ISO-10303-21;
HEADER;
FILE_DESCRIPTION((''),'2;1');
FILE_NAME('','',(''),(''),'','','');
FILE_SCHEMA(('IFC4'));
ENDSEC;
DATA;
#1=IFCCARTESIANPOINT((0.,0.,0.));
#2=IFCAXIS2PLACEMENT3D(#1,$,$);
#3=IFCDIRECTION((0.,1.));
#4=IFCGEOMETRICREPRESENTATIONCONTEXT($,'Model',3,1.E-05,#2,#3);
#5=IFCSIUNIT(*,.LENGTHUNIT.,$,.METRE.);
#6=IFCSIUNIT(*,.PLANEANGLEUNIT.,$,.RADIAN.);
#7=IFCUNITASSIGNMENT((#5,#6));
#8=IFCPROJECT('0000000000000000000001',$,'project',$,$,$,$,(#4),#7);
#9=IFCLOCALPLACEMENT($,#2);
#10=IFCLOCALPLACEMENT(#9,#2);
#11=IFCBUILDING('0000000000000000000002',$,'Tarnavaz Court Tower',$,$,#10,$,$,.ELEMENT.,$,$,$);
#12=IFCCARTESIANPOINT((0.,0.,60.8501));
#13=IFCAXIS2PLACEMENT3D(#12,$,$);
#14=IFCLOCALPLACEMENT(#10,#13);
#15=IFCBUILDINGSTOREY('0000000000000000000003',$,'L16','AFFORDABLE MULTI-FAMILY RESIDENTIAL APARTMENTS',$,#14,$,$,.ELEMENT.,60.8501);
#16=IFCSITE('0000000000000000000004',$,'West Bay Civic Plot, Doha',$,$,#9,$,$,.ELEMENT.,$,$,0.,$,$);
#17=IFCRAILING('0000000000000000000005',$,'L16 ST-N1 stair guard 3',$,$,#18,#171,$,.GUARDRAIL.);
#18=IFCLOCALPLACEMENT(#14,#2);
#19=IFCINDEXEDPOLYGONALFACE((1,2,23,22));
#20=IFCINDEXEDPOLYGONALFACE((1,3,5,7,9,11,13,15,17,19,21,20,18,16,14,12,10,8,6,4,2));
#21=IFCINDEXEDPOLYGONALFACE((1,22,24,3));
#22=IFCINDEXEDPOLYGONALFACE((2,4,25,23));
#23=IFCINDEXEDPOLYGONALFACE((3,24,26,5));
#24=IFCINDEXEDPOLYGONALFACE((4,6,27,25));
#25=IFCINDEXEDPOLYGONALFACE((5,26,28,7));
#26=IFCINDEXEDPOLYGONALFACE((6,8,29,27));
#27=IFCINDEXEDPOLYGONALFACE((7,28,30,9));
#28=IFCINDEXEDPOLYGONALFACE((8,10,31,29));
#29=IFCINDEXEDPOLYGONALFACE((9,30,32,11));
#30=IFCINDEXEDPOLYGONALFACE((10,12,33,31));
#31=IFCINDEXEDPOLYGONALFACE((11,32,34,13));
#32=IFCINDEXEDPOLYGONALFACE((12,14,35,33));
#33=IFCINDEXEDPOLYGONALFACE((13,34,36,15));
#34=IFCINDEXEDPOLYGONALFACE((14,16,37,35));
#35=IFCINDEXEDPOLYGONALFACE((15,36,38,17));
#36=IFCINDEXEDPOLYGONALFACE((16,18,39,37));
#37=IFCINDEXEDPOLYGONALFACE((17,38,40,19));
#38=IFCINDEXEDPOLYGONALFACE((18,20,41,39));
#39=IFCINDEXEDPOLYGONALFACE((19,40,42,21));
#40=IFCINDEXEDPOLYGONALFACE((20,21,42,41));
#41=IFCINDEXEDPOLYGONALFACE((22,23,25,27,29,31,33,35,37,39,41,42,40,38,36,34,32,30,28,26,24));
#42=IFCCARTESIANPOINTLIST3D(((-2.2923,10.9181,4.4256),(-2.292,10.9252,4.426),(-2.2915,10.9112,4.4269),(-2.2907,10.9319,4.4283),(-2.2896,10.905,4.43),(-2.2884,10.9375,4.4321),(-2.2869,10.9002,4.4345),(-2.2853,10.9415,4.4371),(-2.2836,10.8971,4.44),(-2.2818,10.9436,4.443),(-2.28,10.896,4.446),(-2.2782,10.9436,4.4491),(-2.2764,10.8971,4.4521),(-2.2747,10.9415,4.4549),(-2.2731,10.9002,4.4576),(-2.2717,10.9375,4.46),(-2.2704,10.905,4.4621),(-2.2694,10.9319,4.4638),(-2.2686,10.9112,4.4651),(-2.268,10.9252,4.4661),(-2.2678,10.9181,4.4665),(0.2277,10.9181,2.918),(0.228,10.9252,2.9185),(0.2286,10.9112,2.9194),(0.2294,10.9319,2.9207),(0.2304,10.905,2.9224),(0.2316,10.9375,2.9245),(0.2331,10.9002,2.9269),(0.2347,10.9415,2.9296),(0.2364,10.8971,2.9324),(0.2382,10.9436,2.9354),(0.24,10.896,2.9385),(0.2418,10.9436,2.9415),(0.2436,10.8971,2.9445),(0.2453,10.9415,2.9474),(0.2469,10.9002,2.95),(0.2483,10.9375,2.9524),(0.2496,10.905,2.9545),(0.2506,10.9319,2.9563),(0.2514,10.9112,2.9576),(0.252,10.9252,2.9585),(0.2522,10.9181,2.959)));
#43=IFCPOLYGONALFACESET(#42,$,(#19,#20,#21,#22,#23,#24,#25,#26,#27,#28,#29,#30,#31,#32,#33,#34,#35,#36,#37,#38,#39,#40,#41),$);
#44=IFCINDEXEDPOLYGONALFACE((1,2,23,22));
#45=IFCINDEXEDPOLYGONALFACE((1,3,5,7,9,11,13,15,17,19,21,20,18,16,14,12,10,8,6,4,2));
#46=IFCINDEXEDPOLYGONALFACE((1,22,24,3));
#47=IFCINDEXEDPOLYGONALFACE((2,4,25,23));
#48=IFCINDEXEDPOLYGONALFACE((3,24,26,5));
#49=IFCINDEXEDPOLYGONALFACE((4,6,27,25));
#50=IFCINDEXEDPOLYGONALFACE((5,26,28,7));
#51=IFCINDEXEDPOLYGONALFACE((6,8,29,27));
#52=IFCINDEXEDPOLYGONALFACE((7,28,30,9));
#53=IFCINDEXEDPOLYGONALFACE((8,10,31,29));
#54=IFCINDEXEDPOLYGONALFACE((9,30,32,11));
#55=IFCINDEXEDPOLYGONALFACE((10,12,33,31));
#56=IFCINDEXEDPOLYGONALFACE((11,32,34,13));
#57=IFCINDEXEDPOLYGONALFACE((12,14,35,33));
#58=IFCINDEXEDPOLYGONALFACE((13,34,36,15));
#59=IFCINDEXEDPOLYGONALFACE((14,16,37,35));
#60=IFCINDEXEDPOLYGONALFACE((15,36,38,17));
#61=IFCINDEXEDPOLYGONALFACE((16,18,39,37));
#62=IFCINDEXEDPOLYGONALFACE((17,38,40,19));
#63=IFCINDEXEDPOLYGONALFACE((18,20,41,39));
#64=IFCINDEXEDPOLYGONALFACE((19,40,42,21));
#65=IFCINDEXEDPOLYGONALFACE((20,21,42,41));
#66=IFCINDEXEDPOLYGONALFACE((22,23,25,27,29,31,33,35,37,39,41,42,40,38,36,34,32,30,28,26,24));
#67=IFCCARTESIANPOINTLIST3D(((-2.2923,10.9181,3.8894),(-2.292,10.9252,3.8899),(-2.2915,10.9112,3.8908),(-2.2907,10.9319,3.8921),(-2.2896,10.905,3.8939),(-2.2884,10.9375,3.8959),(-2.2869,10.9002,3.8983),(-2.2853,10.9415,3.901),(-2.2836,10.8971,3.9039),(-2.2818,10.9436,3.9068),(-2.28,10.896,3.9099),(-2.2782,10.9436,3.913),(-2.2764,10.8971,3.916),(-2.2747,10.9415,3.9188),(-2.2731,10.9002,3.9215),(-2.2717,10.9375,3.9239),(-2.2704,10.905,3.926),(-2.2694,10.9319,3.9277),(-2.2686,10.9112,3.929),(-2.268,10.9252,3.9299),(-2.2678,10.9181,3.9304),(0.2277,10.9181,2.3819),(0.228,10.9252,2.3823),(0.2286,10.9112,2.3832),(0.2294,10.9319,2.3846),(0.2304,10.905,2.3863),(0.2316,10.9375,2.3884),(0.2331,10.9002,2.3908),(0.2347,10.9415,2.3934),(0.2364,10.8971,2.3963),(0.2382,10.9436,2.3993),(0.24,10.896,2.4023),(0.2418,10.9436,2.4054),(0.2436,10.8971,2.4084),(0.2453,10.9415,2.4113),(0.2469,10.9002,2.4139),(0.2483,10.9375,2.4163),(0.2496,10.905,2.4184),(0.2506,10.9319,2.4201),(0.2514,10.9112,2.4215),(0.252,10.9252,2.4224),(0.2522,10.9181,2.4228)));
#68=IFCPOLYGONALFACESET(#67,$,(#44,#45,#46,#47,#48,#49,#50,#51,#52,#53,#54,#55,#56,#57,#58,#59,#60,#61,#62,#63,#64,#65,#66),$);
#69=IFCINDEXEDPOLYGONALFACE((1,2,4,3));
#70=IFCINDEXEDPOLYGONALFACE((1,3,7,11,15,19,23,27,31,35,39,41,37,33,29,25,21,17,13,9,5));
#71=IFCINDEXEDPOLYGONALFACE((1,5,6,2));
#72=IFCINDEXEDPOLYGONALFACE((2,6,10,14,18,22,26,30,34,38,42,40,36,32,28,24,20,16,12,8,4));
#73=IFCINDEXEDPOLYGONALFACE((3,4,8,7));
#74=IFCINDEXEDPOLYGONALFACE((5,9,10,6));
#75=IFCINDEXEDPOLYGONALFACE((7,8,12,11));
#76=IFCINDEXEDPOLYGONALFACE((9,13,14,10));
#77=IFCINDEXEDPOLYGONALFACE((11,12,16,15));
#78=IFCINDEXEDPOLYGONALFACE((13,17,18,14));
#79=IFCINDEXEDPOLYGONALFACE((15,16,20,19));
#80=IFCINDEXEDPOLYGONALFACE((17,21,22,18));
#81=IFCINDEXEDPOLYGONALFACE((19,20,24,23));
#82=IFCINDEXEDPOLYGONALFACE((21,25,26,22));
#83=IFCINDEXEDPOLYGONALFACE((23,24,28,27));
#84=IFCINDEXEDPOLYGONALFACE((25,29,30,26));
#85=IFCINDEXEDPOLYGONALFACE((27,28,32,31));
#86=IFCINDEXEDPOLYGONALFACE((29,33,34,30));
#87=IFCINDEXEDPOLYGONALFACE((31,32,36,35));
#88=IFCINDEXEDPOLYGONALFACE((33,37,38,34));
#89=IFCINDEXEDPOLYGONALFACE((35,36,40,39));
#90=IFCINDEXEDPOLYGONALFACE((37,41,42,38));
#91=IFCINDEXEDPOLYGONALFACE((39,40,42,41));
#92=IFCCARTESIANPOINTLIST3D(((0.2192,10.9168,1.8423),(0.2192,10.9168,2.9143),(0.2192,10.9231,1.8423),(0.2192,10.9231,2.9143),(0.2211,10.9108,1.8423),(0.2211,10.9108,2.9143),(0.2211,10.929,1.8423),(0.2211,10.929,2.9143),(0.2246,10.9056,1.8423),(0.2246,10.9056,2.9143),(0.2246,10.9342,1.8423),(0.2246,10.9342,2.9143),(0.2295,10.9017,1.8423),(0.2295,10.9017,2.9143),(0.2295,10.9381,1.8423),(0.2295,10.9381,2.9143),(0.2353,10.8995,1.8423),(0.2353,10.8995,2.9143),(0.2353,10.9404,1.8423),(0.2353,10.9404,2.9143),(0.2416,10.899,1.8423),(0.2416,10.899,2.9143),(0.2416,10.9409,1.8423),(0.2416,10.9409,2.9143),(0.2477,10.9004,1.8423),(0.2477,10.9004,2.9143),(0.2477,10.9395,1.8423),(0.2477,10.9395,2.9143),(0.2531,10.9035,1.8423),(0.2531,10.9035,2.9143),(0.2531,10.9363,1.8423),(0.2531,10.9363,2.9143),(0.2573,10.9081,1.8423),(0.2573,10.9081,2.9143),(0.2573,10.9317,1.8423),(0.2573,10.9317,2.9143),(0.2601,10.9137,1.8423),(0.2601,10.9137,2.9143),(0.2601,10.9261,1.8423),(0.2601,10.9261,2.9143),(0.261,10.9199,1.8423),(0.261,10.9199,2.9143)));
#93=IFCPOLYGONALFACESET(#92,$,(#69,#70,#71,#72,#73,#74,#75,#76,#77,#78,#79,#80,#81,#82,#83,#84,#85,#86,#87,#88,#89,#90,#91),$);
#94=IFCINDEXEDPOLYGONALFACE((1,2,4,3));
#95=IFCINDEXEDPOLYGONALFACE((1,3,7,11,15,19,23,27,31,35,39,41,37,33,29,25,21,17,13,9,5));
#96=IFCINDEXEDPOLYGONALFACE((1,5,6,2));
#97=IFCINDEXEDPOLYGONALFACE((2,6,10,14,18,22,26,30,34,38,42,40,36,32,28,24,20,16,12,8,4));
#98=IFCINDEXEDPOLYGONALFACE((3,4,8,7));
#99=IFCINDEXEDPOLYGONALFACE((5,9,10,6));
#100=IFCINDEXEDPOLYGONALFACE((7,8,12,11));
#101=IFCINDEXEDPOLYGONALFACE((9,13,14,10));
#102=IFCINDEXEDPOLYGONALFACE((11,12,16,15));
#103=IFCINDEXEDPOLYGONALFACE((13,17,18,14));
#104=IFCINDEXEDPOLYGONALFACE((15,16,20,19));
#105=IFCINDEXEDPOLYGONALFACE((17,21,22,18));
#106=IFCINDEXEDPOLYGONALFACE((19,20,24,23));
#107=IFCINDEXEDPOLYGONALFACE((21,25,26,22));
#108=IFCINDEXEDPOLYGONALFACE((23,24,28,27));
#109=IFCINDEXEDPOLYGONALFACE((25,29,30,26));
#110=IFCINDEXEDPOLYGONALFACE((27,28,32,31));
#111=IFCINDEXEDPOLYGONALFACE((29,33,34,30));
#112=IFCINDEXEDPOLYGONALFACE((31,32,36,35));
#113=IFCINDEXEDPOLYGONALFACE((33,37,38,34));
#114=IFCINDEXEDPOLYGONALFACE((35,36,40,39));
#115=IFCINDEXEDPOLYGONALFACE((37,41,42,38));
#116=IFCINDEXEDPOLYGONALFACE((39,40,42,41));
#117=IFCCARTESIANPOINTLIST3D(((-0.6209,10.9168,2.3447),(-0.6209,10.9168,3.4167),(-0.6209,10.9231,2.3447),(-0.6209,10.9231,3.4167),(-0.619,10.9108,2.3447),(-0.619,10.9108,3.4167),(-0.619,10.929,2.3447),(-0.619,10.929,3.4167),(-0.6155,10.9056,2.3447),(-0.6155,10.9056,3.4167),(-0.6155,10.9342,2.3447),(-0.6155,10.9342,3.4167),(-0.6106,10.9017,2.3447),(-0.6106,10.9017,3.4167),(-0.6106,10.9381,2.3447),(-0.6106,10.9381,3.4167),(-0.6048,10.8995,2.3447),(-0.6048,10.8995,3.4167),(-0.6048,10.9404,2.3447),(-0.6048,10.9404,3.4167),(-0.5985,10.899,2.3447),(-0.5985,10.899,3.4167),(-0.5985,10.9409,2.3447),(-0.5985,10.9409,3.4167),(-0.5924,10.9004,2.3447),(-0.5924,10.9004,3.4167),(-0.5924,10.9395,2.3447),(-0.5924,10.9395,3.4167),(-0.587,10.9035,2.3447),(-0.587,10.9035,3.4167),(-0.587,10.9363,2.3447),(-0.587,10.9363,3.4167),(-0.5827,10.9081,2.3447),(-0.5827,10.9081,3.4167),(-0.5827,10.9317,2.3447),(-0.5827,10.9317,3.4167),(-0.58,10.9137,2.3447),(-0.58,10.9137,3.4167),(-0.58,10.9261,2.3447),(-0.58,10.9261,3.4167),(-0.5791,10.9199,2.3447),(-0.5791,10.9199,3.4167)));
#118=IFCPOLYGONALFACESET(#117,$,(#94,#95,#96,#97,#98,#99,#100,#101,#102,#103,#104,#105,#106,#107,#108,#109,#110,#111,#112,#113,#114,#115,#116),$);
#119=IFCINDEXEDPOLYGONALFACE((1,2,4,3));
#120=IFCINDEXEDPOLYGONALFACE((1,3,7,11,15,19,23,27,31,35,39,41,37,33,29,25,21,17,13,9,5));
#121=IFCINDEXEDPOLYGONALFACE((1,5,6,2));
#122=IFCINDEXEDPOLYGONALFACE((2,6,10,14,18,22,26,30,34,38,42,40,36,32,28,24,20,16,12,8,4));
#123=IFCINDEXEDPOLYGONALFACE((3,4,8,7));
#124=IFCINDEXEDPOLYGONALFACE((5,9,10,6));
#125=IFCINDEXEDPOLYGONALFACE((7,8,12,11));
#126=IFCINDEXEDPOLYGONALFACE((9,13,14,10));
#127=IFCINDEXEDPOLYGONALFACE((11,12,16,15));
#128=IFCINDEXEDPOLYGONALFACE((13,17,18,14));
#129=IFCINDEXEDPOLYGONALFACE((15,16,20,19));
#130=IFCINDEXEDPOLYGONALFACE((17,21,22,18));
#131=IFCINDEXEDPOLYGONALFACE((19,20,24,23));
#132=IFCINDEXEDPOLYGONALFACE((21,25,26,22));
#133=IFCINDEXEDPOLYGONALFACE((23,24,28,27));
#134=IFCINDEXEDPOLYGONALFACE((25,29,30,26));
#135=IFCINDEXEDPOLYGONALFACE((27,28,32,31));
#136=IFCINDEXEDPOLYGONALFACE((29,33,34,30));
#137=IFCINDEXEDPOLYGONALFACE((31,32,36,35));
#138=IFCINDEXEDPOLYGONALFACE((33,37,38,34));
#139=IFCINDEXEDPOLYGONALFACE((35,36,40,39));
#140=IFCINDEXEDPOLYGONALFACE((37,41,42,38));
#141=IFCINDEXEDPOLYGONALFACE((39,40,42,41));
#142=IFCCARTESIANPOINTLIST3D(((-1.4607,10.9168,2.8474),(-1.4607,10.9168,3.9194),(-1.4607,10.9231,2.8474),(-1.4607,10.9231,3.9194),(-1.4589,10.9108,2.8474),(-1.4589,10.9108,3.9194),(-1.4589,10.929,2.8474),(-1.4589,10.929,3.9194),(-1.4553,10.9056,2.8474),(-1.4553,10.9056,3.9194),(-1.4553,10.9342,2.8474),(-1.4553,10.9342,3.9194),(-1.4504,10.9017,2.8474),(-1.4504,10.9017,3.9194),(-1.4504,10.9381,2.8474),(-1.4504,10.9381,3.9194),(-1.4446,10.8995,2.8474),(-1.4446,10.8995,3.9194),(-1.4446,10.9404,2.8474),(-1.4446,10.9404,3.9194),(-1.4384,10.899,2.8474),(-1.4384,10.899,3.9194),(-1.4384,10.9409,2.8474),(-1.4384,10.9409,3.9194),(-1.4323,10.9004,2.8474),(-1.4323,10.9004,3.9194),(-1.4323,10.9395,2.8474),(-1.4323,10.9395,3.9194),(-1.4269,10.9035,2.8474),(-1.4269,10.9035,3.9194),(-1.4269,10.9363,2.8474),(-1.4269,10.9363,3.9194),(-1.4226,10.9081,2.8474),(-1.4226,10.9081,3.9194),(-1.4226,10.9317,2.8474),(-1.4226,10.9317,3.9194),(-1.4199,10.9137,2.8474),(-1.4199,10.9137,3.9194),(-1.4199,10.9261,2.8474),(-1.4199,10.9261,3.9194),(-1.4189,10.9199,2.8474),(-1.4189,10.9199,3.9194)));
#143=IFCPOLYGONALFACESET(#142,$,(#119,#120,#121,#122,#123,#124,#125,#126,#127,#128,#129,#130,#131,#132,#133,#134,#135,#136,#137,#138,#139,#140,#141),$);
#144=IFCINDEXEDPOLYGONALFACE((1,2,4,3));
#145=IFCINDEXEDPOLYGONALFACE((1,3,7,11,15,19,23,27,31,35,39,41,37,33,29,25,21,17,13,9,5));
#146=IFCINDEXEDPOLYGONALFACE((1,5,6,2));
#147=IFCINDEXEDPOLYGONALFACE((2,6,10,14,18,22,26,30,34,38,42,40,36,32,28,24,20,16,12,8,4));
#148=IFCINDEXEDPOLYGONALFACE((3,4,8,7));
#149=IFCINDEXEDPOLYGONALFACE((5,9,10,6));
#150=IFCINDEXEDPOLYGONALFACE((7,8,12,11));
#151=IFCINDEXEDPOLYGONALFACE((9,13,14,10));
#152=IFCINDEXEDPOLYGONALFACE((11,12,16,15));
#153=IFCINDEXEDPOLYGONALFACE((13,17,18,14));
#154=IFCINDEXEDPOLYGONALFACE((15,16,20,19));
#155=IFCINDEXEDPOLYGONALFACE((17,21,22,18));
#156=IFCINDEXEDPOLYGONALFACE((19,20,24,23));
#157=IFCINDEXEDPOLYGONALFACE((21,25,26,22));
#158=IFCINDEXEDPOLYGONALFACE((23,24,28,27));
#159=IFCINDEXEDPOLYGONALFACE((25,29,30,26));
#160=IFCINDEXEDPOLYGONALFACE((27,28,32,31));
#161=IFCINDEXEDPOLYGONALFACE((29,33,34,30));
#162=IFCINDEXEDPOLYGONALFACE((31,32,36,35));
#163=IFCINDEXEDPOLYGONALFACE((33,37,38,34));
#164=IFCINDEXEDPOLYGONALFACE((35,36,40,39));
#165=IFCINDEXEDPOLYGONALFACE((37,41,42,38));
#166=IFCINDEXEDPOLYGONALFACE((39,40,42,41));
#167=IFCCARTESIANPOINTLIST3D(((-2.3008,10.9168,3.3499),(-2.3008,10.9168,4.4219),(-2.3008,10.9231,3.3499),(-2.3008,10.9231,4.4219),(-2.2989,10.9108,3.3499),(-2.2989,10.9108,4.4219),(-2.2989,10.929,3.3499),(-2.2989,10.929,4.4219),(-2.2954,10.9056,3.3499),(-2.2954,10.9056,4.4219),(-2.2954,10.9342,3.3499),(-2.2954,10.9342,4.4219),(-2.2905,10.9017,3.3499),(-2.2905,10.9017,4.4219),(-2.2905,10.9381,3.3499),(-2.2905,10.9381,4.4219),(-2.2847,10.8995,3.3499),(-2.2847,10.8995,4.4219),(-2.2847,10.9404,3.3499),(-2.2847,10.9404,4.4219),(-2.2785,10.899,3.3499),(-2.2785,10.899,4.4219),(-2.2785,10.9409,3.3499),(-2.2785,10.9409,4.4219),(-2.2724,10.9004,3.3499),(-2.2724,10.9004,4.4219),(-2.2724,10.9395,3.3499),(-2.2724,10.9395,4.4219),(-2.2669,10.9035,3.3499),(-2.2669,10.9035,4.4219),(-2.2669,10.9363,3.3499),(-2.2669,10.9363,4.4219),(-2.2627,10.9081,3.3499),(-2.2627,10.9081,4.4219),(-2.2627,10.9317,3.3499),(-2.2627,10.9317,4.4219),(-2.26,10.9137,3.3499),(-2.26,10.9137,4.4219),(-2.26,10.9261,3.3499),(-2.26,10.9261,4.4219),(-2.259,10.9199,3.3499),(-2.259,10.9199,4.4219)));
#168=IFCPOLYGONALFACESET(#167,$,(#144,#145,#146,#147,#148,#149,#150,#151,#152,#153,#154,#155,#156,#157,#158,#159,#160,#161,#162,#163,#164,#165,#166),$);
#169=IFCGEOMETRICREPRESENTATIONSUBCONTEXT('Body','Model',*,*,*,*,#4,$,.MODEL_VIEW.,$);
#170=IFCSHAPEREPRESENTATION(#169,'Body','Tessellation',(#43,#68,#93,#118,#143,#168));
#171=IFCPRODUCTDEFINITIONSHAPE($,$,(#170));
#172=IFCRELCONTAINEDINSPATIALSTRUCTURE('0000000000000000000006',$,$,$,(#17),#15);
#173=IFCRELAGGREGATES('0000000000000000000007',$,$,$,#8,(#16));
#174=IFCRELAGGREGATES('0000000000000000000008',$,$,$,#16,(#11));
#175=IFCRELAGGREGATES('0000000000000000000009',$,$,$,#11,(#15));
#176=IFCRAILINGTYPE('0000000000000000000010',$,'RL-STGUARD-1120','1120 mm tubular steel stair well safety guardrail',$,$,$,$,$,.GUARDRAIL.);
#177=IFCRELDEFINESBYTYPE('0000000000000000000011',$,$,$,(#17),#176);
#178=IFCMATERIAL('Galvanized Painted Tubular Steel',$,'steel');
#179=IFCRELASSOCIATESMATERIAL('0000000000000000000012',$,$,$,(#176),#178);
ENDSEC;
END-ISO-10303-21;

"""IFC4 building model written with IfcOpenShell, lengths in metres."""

from ifc_helpers import new_model, si_unit, direction, frame, origin, origin_2d, place, context, subcontext, project, spatial, circle, extrude, material, type_object, element, save


model = new_model("IFC4")

# Units and contexts
model_context = context("Model", 3, precision=1e-05, world=origin(), true_north=direction((0.0, 1.0)))
body_context = subcontext(model_context, "Body", "Model", "MODEL_VIEW")
ifc_project = project(units=[si_unit("LENGTHUNIT", "METRE"), si_unit("PLANEANGLEUNIT", "RADIAN")], contexts=[model_context])

# Site, building, storey
site_placement = place(None, origin())
site = spatial("IfcSite", under=ifc_project, at=site_placement, Name="West Bay Civic Plot, Doha", CompositionType="ELEMENT", RefElevation=0.0)
building_placement = place(site_placement, origin())
building = spatial("IfcBuilding", under=site, at=building_placement, Name="Tarnavaz Court Tower", CompositionType="ELEMENT")
storey_placement = place(building_placement, frame((0.0, 0.0, 60.8501)))
storey = spatial("IfcBuildingStorey", under=building, at=storey_placement, Name="L16", Description="AFFORDABLE MULTI-FAMILY RESIDENTIAL APARTMENTS", CompositionType="ELEMENT", Elevation=60.8501)

# Railing
ifc_material_1 = material(Name="Galvanized Painted Tubular Steel", Category="steel")
railing_type_1 = type_object("IfcRailingType", Name="RL-STGUARD-1120", Description="1120 mm tubular steel stair well safety guardrail", PredefinedType="GUARDRAIL", material=ifc_material_1)
railing_1_placement = place(storey_placement, frame((0.24, 10.9199, 1.8423)))
element("IfcRailing", 1, at=railing_1_placement, inside=storey, type_object=railing_type_1, Name="L16 ST-N1 stair guard 3", PredefinedType="GUARDRAIL", context=body_context, shape_type="SweptSolid", body=[
    extrude(circle(Radius=0.0239, at=origin_2d()), frame((0.0, 0.0, 1.0962), z_axis=(-0.85816, 0.0, 0.513383), x_axis=(0.0, -1.0, 0.0)), (0.0, 0.0, 1.0), 2.9365),
    extrude(circle(Radius=0.0239, at=origin_2d()), frame((0.0, 0.0, 0.5601), z_axis=(-0.85816, 0.0, 0.513383), x_axis=(0.0, -1.0, 0.0)), (0.0, 0.0, 1.0), 2.9365),
    extrude(circle(Radius=0.021, at=origin_2d()), origin(), (0.0, 0.0, 1.0), 1.072),
    extrude(circle(Radius=0.021, at=origin_2d()), frame((-0.8401, 0.0, 0.5024)), (0.0, 0.0, 1.0), 1.072),
    extrude(circle(Radius=0.021, at=origin_2d()), frame((-1.6799, 0.0, 1.0051)), (0.0, 0.0, 1.0), 1.072),
    extrude(circle(Radius=0.021, at=origin_2d()), frame((-2.52, 0.0, 1.5076)), (0.0, 0.0, 1.0), 1.072),
])

save(model, "model.ifc")
